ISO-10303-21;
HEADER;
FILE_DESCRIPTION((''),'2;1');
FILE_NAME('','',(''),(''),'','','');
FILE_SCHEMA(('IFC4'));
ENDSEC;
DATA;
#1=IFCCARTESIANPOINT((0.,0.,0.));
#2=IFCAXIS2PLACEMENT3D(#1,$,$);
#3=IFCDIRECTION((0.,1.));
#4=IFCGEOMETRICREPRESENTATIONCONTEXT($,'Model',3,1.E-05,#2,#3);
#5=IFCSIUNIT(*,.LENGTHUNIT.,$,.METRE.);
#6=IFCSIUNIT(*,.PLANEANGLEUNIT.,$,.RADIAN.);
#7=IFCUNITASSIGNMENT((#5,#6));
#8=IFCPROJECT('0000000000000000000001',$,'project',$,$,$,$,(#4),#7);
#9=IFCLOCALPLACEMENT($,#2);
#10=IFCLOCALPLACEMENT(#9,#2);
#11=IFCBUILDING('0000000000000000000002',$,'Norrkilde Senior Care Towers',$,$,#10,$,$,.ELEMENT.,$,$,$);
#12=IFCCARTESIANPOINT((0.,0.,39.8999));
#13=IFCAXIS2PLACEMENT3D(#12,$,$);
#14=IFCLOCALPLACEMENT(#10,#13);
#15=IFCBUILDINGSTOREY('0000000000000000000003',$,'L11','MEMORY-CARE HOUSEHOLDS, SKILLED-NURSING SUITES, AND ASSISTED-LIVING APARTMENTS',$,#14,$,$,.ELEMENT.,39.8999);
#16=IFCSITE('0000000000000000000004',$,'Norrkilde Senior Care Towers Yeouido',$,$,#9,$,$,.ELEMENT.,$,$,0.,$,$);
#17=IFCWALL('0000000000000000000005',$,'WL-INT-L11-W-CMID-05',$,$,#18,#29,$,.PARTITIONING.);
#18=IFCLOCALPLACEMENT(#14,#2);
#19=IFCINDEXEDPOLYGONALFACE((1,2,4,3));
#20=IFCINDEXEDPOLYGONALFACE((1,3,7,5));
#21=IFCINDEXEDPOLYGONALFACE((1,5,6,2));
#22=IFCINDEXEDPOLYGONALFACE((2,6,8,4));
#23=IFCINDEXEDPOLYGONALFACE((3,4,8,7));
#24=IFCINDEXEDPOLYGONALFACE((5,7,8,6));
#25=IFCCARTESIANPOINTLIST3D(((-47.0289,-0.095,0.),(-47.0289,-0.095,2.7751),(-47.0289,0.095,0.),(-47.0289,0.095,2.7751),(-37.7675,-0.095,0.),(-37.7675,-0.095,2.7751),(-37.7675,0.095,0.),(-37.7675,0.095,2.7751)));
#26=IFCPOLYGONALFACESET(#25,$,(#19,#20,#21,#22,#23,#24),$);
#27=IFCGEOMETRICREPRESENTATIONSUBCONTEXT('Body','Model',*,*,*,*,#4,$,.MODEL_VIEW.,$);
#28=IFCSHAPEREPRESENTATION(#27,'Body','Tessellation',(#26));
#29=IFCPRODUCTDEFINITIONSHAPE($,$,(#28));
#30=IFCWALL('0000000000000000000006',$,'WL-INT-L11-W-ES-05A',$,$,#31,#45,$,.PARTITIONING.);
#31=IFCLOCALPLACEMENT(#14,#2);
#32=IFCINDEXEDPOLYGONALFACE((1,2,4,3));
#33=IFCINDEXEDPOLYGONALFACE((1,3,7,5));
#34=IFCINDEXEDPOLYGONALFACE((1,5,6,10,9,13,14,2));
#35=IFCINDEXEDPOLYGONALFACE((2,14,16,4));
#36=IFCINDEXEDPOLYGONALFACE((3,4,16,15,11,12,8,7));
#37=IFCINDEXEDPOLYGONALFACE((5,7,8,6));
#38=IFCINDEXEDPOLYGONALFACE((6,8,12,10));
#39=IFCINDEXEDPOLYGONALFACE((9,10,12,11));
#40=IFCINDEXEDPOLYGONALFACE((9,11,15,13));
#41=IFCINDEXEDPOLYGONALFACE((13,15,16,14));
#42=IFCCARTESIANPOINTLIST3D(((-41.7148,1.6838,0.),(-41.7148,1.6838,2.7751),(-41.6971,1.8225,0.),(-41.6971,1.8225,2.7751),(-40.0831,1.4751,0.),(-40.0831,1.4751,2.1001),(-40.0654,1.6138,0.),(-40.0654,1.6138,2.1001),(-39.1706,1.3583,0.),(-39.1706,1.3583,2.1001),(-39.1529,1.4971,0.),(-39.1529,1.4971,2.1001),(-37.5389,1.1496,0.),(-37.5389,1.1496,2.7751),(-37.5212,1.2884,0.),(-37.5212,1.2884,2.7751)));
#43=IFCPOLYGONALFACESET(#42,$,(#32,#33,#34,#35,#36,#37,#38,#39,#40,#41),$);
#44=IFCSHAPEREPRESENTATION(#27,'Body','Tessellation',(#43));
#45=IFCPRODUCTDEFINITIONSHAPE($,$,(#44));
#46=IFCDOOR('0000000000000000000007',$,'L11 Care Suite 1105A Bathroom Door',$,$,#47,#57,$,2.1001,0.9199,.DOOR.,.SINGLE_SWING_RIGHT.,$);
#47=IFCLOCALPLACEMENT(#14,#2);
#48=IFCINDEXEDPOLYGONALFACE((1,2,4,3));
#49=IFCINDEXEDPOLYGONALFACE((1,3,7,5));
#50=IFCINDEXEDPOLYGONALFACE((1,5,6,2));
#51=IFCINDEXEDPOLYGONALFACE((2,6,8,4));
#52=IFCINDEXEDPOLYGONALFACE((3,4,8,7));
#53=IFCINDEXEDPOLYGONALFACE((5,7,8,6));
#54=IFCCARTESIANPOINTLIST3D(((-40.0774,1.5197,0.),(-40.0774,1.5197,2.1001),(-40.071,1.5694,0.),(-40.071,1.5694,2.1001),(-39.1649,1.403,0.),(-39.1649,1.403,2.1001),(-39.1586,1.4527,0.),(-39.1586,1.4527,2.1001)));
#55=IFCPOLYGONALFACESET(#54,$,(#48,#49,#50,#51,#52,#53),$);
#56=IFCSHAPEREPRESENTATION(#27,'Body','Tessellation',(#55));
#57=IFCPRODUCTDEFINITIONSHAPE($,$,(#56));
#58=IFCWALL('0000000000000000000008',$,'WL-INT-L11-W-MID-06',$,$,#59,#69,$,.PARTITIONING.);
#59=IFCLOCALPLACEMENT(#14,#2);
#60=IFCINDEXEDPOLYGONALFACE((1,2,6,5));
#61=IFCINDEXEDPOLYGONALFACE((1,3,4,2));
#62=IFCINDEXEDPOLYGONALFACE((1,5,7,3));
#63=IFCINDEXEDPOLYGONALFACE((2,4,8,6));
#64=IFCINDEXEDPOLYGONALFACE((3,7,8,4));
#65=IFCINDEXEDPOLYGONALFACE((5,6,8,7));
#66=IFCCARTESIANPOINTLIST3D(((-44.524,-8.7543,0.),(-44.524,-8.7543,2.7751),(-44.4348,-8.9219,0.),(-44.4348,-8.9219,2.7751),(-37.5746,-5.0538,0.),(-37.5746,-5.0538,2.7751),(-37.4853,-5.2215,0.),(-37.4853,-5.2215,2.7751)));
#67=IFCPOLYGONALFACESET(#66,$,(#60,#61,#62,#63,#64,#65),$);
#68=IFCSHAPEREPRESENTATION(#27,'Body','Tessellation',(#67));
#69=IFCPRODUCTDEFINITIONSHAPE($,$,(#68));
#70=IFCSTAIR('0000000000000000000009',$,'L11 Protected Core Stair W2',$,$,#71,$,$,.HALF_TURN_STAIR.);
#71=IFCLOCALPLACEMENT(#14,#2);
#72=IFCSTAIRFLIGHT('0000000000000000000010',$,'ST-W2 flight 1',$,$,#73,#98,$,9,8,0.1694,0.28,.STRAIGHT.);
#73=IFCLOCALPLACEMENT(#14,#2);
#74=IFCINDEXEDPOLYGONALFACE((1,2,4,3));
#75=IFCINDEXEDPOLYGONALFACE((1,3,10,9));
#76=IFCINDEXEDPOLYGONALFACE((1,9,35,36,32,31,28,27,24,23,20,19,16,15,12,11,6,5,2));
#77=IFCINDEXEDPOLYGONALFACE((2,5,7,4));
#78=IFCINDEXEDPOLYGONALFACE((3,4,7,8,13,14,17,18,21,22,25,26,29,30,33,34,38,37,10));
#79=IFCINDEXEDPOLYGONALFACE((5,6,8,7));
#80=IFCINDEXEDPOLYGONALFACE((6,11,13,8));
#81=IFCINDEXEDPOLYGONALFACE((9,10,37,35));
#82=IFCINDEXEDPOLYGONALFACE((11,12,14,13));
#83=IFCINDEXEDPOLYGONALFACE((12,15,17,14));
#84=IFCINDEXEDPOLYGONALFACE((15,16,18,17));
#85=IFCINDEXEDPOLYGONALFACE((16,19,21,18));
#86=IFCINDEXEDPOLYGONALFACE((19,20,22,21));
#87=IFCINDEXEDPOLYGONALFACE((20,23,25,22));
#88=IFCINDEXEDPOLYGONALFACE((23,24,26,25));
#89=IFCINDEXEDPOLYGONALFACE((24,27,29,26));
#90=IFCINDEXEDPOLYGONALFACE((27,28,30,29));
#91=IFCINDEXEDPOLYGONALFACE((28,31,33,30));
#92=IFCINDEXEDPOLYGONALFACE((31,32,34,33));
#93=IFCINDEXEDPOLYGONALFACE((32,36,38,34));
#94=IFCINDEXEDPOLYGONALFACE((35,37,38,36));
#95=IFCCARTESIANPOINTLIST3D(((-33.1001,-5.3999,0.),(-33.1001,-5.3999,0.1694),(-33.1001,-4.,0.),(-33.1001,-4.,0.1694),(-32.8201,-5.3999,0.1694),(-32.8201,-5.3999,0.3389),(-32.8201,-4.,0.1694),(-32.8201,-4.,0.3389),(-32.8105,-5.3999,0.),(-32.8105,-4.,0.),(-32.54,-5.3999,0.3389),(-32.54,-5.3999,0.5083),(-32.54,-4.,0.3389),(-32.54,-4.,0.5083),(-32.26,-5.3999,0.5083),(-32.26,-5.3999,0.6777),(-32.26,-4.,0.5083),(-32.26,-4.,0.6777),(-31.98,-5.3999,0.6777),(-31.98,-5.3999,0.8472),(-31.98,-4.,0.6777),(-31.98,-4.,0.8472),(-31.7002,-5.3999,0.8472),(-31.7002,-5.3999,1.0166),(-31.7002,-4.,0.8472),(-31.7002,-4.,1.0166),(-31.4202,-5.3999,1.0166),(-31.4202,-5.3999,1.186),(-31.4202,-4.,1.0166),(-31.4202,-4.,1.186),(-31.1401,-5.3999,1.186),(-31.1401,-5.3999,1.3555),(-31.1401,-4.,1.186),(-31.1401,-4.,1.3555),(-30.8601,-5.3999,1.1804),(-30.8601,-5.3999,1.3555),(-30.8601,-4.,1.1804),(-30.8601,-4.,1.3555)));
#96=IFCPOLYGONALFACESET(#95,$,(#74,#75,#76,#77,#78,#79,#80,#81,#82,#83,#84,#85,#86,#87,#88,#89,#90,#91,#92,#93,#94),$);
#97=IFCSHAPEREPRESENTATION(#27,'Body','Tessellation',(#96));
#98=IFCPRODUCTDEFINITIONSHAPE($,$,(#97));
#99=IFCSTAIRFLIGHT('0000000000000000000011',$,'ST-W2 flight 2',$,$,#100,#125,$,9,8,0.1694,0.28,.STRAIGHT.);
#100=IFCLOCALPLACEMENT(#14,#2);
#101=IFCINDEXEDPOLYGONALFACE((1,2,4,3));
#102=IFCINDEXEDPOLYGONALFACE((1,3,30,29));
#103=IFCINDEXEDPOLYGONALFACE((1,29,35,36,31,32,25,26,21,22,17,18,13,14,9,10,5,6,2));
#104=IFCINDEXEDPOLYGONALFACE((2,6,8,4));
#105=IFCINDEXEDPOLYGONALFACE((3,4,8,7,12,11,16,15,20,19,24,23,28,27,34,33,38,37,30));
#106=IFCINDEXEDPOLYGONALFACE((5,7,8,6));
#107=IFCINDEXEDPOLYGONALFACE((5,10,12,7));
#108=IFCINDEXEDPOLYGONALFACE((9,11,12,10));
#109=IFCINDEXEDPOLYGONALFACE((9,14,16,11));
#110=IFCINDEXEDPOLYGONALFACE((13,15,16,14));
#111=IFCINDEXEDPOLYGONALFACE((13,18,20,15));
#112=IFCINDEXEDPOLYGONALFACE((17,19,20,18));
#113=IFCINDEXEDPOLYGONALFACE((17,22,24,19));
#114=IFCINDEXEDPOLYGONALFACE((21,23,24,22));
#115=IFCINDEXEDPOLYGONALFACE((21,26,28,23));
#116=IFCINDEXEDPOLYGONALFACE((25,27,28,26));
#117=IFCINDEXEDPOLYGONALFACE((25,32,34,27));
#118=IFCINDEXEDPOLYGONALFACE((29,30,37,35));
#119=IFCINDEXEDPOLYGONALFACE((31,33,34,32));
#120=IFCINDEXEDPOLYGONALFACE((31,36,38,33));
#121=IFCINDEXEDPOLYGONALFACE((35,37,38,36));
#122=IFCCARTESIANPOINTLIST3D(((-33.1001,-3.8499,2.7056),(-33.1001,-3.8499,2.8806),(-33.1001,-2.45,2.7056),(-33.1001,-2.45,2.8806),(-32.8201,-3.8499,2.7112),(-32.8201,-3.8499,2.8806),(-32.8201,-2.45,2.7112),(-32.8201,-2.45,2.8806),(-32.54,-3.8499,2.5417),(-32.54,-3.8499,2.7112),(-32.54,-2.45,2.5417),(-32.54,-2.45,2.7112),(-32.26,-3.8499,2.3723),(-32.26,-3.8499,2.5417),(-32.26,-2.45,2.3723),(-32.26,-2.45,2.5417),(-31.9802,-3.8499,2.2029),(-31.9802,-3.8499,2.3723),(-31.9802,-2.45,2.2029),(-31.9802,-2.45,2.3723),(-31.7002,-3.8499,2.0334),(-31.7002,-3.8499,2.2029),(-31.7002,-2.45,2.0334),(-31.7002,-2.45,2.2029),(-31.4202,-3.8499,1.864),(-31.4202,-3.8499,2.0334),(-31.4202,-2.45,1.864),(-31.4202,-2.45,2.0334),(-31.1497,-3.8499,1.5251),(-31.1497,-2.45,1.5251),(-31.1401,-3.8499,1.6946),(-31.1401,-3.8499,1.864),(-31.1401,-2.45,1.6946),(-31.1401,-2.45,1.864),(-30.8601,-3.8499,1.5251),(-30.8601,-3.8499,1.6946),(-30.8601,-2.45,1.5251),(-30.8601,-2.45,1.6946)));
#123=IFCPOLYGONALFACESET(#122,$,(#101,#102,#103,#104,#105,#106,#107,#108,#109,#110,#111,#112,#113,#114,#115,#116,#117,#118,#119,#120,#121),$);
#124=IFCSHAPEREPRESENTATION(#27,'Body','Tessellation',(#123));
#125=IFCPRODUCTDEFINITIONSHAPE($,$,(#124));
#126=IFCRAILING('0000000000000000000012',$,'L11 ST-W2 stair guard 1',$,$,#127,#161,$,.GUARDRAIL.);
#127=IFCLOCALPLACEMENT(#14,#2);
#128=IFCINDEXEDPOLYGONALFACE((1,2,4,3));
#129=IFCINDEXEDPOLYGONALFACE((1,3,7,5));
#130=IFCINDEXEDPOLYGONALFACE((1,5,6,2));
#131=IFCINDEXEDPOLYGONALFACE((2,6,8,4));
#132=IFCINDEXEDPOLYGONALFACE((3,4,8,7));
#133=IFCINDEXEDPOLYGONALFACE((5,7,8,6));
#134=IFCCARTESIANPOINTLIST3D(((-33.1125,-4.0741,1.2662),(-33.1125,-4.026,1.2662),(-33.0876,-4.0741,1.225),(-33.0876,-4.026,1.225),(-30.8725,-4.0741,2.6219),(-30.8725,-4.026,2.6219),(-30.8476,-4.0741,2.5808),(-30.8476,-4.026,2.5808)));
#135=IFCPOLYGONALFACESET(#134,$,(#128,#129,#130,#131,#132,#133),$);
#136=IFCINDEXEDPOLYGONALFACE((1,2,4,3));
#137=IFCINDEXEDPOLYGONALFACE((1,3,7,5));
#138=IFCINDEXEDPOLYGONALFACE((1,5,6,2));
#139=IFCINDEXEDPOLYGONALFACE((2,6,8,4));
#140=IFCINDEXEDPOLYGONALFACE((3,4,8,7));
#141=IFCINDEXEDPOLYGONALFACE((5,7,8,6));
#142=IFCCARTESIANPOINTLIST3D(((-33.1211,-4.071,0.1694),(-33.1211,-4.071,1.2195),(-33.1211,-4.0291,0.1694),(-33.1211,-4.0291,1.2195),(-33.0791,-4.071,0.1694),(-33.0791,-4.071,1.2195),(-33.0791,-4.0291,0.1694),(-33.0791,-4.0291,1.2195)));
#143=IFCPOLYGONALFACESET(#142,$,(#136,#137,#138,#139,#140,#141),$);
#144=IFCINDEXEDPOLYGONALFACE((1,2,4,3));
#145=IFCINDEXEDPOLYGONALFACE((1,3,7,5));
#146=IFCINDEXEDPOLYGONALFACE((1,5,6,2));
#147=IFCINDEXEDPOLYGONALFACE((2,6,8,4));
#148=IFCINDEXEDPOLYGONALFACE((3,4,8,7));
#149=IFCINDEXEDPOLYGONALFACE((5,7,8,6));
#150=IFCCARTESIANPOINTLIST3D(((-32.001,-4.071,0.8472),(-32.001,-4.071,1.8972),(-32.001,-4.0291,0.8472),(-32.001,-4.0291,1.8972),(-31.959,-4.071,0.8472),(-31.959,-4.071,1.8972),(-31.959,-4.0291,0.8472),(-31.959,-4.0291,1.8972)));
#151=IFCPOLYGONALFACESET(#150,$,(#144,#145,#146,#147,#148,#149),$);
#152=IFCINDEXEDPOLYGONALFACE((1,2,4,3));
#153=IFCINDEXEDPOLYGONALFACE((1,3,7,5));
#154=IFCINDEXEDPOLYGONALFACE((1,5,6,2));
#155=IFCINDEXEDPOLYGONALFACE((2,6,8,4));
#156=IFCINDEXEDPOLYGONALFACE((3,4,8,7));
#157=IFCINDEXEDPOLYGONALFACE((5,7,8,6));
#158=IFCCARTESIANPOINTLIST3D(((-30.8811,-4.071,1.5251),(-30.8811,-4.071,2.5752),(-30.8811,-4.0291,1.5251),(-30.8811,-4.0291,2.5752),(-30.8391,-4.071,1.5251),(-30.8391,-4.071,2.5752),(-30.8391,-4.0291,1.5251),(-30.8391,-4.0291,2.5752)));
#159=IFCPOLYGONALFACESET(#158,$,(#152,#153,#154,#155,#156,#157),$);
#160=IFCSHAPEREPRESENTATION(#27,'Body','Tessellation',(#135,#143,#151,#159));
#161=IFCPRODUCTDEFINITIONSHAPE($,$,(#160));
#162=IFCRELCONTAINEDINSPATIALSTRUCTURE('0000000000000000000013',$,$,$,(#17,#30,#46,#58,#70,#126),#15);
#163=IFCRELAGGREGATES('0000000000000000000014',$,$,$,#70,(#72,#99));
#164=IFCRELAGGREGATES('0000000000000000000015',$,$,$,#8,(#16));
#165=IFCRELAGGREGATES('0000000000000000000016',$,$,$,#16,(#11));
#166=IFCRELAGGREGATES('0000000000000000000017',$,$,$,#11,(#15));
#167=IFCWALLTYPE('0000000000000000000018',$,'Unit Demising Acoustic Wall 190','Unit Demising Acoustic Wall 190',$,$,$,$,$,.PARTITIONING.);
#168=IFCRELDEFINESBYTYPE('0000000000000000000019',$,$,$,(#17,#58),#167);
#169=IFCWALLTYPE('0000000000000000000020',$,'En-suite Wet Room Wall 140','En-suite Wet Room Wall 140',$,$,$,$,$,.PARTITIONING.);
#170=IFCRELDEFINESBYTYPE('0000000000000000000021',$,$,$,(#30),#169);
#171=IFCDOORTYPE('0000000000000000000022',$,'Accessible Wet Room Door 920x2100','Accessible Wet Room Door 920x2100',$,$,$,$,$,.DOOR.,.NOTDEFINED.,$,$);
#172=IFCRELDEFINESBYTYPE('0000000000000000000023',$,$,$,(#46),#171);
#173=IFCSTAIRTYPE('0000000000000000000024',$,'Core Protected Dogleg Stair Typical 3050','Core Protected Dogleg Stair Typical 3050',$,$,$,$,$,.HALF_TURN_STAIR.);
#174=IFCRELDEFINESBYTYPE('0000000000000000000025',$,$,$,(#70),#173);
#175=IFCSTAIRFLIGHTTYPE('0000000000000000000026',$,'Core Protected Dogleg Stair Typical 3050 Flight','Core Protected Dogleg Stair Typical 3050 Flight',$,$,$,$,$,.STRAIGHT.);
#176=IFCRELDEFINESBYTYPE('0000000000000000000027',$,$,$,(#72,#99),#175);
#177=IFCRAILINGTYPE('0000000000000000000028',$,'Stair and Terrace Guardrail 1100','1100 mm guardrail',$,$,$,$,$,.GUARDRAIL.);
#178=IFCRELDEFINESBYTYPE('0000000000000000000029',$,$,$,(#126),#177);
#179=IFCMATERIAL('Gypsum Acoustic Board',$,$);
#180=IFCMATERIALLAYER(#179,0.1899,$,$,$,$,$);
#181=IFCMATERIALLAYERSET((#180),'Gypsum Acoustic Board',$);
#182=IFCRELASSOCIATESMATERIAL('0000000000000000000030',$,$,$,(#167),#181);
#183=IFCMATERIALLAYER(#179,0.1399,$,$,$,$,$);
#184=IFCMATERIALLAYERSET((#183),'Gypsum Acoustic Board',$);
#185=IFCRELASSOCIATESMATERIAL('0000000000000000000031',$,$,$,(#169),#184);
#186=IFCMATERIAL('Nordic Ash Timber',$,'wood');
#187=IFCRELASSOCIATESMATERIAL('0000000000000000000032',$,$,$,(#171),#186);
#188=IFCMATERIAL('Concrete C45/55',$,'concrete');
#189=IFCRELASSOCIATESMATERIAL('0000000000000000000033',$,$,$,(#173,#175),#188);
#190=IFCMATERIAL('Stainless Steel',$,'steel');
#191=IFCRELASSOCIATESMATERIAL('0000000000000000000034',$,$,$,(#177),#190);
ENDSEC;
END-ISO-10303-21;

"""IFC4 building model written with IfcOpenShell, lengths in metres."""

from ifc_helpers import new_model, si_unit, direction, frame, frame_2d, origin, origin_2d, place, context, subcontext, project, spatial, polyline, rectangle, outline, extrude, source, transform, mapped, material, layer, layer_set, type_object, type_shapes, element, fill, aggregate, save


model = new_model("IFC4")

# Units and contexts
model_context = context("Model", 3, precision=1e-05, world=origin(), true_north=direction((0.0, 1.0)))
body_context = subcontext(model_context, "Body", "Model", "MODEL_VIEW")
ifc_project = project(units=[si_unit("LENGTHUNIT", "METRE"), si_unit("PLANEANGLEUNIT", "RADIAN")], contexts=[model_context])

# Site, building, storey
site_placement = place(None, origin())
site = spatial("IfcSite", under=ifc_project, at=site_placement, Name="Norrkilde Senior Care Towers Yeouido", CompositionType="ELEMENT", RefElevation=0.0)
building_placement = place(site_placement, origin())
building = spatial("IfcBuilding", under=site, at=building_placement, Name="Norrkilde Senior Care Towers", CompositionType="ELEMENT")
storey_placement = place(building_placement, frame((0.0, 0.0, 39.8999)))
storey = spatial("IfcBuildingStorey", under=building, at=storey_placement, Name="L11", Description="MEMORY-CARE HOUSEHOLDS, SKILLED-NURSING SUITES, AND ASSISTED-LIVING APARTMENTS", CompositionType="ELEMENT", Elevation=39.8999)

# Shared definitions
ifc_material_1 = material(Name="Concrete C45/55", Category="concrete")

# Shared definitions
ifc_material_2 = material(Name="Stainless Steel", Category="steel")

# Wall
ifc_material_3 = material(Name="Gypsum Acoustic Board")
ifc_layer_1 = layer(ifc_material_3, 0.1899)
ifc_layer_set_1 = layer_set([ifc_layer_1], Name="Gypsum Acoustic Board")
wall_type_1 = type_object("IfcWallType", Name="Unit Demising Acoustic Wall 190", Description="Unit Demising Acoustic Wall 190", PredefinedType="PARTITIONING", material=ifc_layer_set_1)
shared_shape_1 = source(origin(), body_context, "Body", "SweptSolid", [
    extrude(rectangle(XDim=9.2615, YDim=0.1899, at=frame_2d((4.6309, 0.0))), origin(), (0.0, 0.0, 1.0), 2.7751),
])
wall_1_placement = place(storey_placement, frame((-37.7673, 0.0, 0.0), z_axis=(0.0, 0.0, 1.0), x_axis=(-1.0, 0.0, 0.0)))
element("IfcWall", 1, at=wall_1_placement, inside=storey, type_object=wall_type_1, Name="WL-INT-L11-W-CMID-05", PredefinedType="PARTITIONING", context=body_context, shape_type="MappedRepresentation", body=[
    mapped(shared_shape_1, transform((0.0, 0.0, 0.0), x_axis=(1.0, 0.0, 0.0), y_axis=(0.0, 1.0, 0.0), z_axis=(0.0, 0.0, 1.0), scale=1.0)),
])

# Wall, opening, door
ifc_layer_2 = layer(ifc_material_3, 0.1399)
ifc_layer_set_2 = layer_set([ifc_layer_2], Name="Gypsum Acoustic Board")
wall_type_2 = type_object("IfcWallType", Name="En-suite Wet Room Wall 140", Description="En-suite Wet Room Wall 140", PredefinedType="PARTITIONING", material=ifc_layer_set_2)
shared_shape_2 = source(origin(), body_context, "Body", "SweptSolid", [
    extrude(rectangle(XDim=4.21, YDim=0.1399, at=frame_2d((2.105, 0.0))), origin(), (0.0, 0.0, 1.0), 2.7751),
])
type_shapes(wall_type_2, [shared_shape_2])
wall_2_placement = place(storey_placement, frame((-37.53, 1.219, 0.0), z_axis=(0.0, 0.0, 1.0), x_axis=(-0.991918, 0.126882, 0.0)))
wall_2 = element("IfcWall", 2, at=wall_2_placement, inside=storey, type_object=wall_type_2, Name="WL-INT-L11-W-ES-05A", PredefinedType="PARTITIONING", context=body_context, shape_type="MappedRepresentation", body=[
    mapped(shared_shape_2, transform((0.0, 0.0, 0.0), x_axis=(1.0, 0.0, 0.0), y_axis=(0.0, 1.0, 0.0), z_axis=(0.0, 0.0, 1.0), scale=1.0)),
])
opening_1_placement = place(wall_2_placement, frame((1.645, 0.0, 0.0)))
opening_1 = element("IfcOpeningElement", 3, at=opening_1_placement, cuts=wall_2, PredefinedType="OPENING", context=body_context, shape_type="SweptSolid", body=[
    extrude(rectangle(XDim=0.9199, YDim=2.1001, at=frame_2d((0.46, 1.05))), frame((0.0, 0.0798, 0.0), z_axis=(0.0, -1.0, 0.0), x_axis=(1.0, 0.0, 0.0)), (0.0, 0.0, 1.0), 0.1599),
])
ifc_material_4 = material(Name="Nordic Ash Timber", Category="wood")
door_type_1 = type_object("IfcDoorType", Name="Accessible Wet Room Door 920x2100", Description="Accessible Wet Room Door 920x2100", OperationType="NOTDEFINED", PredefinedType="DOOR", material=ifc_material_4)
shared_shape_3 = source(origin(), body_context, "Body", "SweptSolid", [
    extrude(rectangle(XDim=0.9199, YDim=2.1001, at=frame_2d((0.46, 1.05))), frame((0.0, 0.0249, 0.0), z_axis=(0.0, -1.0, 0.0), x_axis=(1.0, 0.0, 0.0)), (0.0, 0.0, 1.0), 0.05),
])
type_shapes(door_type_1, [shared_shape_3])
door_1_placement = place(opening_1_placement, origin())
door_1 = element("IfcDoor", 4, at=door_1_placement, inside=storey, type_object=door_type_1, Name="L11 Care Suite 1105A Bathroom Door", OperationType="SINGLE_SWING_RIGHT", OverallHeight=2.1001, OverallWidth=0.9199, PredefinedType="DOOR", context=body_context, shape_type="MappedRepresentation", body=[
    mapped(shared_shape_3, transform((0.0, 0.0, 0.0), x_axis=(1.0, 0.0, 0.0), y_axis=(0.0, 1.0, 0.0), z_axis=(0.0, 0.0, 1.0), scale=1.0)),
])
fill(opening_1, door_1)

# Wall
shared_shape_4 = source(origin(), body_context, "Body", "SweptSolid", [
    extrude(rectangle(XDim=7.8733, YDim=0.1899, at=frame_2d((3.9365, 0.0))), origin(), (0.0, 0.0, 1.0), 2.7751),
])
wall_3_placement = place(storey_placement, frame((-37.53, -5.1377, 0.0), z_axis=(0.0, 0.0, 1.0), x_axis=(-0.882666, -0.470001, 0.0)))
element("IfcWall", 5, at=wall_3_placement, inside=storey, type_object=wall_type_1, Name="WL-INT-L11-W-MID-06", PredefinedType="PARTITIONING", context=body_context, shape_type="MappedRepresentation", body=[
    mapped(shared_shape_4, transform((0.0, 0.0, 0.0), x_axis=(1.0, 0.0, 0.0), y_axis=(0.0, 1.0, 0.0), z_axis=(0.0, 0.0, 1.0), scale=1.0)),
])

# Stair, stair flights
stair_type = type_object("IfcStairType", Name="Core Protected Dogleg Stair Typical 3050", Description="Core Protected Dogleg Stair Typical 3050", PredefinedType="HALF_TURN_STAIR", material=ifc_material_1)
stair_placement = place(storey_placement, origin())
stair = element("IfcStair", 6, at=stair_placement, inside=storey, type_object=stair_type, Name="L11 Protected Core Stair W2", PredefinedType="HALF_TURN_STAIR")
stair_flight_type = type_object("IfcStairFlightType", Name="Core Protected Dogleg Stair Typical 3050 Flight", Description="Core Protected Dogleg Stair Typical 3050 Flight", PredefinedType="STRAIGHT", material=ifc_material_1)
stair_flight_1_placement = place(storey_placement, frame((-33.1001, -4.7, 0.0), z_axis=(0.0, 0.0, 1.0), x_axis=(1.0, 0.0, 0.0)))
stair_flight_1 = element("IfcStairFlight", 7, at=stair_flight_1_placement, type_object=stair_flight_type, Name="ST-W2 flight 1", NumberOfRisers=9, NumberOfTreads=8, PredefinedType="STRAIGHT", RiserHeight=0.1694, TreadLength=0.28, context=body_context, shape_type="SweptSolid", body=[
    extrude(outline(polyline([(0.0, 0.0), (0.0, 0.1694), (0.28, 0.1694), (0.28, 0.3389), (0.5601, 0.3389), (0.5601, 0.5083), (0.8401, 0.5083), (0.8401, 0.6777), (1.1201, 0.6777), (1.1201, 0.8472), (1.3999, 0.8472), (1.3999, 1.0166), (1.6799, 1.0166), (1.6799, 1.186), (1.96, 1.186), (1.96, 1.3555), (2.24, 1.3555), (2.24, 1.5249), (2.24, 1.1804), (0.2896, 0.0), (0.0, 0.0)])), frame((0.0, 0.7, 0.0), z_axis=(0.0, -1.0, 0.0), x_axis=(1.0, 0.0, 0.0)), (0.0, 0.0, 1.0), 1.3999),
])
stair_flight_2_placement = place(storey_placement, frame((-30.8601, -3.1499, 1.5251), z_axis=(0.0, 0.0, 1.0), x_axis=(-1.0, 0.0, 0.0)))
stair_flight_2 = element("IfcStairFlight", 8, at=stair_flight_2_placement, type_object=stair_flight_type, Name="ST-W2 flight 2", NumberOfRisers=9, NumberOfTreads=8, PredefinedType="STRAIGHT", RiserHeight=0.1694, TreadLength=0.28, context=body_context, shape_type="SweptSolid", body=[
    extrude(outline(polyline([(0.0, 0.0), (0.0, 0.1694), (0.28, 0.1694), (0.28, 0.3389), (0.5601, 0.3389), (0.5601, 0.5083), (0.8401, 0.5083), (0.8401, 0.6777), (1.1201, 0.6777), (1.1201, 0.8472), (1.3999, 0.8472), (1.3999, 1.0166), (1.6799, 1.0166), (1.6799, 1.186), (1.96, 1.186), (1.96, 1.3555), (2.24, 1.3555), (2.24, 1.5249), (2.24, 1.1804), (0.2896, 0.0), (0.0, 0.0)])), frame((0.0, 0.7, 0.0), z_axis=(0.0, -1.0, 0.0), x_axis=(1.0, 0.0, 0.0)), (0.0, 0.0, 1.0), 1.3999),
])
aggregate(stair, [stair_flight_1, stair_flight_2])

# Railing
railing_type_1 = type_object("IfcRailingType", Name="Stair and Terrace Guardrail 1100", Description="1100 mm guardrail", PredefinedType="GUARDRAIL", material=ifc_material_2)
railing_1_placement = place(storey_placement, frame((-33.1001, -4.05, 0.1694)))
element("IfcRailing", 9, at=railing_1_placement, inside=storey, type_object=railing_type_1, Name="L11 ST-W2 stair guard 1", PredefinedType="GUARDRAIL", context=body_context, shape_type="SweptSolid", body=[
    extrude(rectangle(XDim=0.0481, YDim=0.0481, at=origin_2d()), frame((0.0, 0.0, 1.0762), z_axis=(0.855512, 0.0, 0.517783), x_axis=(0.0, 1.0, 0.0)), (0.0, 0.0, 1.0), 2.6184),
    extrude(rectangle(XDim=0.042, YDim=0.042, at=origin_2d()), origin(), (0.0, 0.0, 1.0), 1.05),
    extrude(rectangle(XDim=0.042, YDim=0.042, at=origin_2d()), frame((1.1201, 0.0, 0.6777)), (0.0, 0.0, 1.0), 1.05),
    extrude(rectangle(XDim=0.042, YDim=0.042, at=origin_2d()), frame((2.24, 0.0, 1.3557)), (0.0, 0.0, 1.0), 1.05),
])

save(model, "model.ifc")
